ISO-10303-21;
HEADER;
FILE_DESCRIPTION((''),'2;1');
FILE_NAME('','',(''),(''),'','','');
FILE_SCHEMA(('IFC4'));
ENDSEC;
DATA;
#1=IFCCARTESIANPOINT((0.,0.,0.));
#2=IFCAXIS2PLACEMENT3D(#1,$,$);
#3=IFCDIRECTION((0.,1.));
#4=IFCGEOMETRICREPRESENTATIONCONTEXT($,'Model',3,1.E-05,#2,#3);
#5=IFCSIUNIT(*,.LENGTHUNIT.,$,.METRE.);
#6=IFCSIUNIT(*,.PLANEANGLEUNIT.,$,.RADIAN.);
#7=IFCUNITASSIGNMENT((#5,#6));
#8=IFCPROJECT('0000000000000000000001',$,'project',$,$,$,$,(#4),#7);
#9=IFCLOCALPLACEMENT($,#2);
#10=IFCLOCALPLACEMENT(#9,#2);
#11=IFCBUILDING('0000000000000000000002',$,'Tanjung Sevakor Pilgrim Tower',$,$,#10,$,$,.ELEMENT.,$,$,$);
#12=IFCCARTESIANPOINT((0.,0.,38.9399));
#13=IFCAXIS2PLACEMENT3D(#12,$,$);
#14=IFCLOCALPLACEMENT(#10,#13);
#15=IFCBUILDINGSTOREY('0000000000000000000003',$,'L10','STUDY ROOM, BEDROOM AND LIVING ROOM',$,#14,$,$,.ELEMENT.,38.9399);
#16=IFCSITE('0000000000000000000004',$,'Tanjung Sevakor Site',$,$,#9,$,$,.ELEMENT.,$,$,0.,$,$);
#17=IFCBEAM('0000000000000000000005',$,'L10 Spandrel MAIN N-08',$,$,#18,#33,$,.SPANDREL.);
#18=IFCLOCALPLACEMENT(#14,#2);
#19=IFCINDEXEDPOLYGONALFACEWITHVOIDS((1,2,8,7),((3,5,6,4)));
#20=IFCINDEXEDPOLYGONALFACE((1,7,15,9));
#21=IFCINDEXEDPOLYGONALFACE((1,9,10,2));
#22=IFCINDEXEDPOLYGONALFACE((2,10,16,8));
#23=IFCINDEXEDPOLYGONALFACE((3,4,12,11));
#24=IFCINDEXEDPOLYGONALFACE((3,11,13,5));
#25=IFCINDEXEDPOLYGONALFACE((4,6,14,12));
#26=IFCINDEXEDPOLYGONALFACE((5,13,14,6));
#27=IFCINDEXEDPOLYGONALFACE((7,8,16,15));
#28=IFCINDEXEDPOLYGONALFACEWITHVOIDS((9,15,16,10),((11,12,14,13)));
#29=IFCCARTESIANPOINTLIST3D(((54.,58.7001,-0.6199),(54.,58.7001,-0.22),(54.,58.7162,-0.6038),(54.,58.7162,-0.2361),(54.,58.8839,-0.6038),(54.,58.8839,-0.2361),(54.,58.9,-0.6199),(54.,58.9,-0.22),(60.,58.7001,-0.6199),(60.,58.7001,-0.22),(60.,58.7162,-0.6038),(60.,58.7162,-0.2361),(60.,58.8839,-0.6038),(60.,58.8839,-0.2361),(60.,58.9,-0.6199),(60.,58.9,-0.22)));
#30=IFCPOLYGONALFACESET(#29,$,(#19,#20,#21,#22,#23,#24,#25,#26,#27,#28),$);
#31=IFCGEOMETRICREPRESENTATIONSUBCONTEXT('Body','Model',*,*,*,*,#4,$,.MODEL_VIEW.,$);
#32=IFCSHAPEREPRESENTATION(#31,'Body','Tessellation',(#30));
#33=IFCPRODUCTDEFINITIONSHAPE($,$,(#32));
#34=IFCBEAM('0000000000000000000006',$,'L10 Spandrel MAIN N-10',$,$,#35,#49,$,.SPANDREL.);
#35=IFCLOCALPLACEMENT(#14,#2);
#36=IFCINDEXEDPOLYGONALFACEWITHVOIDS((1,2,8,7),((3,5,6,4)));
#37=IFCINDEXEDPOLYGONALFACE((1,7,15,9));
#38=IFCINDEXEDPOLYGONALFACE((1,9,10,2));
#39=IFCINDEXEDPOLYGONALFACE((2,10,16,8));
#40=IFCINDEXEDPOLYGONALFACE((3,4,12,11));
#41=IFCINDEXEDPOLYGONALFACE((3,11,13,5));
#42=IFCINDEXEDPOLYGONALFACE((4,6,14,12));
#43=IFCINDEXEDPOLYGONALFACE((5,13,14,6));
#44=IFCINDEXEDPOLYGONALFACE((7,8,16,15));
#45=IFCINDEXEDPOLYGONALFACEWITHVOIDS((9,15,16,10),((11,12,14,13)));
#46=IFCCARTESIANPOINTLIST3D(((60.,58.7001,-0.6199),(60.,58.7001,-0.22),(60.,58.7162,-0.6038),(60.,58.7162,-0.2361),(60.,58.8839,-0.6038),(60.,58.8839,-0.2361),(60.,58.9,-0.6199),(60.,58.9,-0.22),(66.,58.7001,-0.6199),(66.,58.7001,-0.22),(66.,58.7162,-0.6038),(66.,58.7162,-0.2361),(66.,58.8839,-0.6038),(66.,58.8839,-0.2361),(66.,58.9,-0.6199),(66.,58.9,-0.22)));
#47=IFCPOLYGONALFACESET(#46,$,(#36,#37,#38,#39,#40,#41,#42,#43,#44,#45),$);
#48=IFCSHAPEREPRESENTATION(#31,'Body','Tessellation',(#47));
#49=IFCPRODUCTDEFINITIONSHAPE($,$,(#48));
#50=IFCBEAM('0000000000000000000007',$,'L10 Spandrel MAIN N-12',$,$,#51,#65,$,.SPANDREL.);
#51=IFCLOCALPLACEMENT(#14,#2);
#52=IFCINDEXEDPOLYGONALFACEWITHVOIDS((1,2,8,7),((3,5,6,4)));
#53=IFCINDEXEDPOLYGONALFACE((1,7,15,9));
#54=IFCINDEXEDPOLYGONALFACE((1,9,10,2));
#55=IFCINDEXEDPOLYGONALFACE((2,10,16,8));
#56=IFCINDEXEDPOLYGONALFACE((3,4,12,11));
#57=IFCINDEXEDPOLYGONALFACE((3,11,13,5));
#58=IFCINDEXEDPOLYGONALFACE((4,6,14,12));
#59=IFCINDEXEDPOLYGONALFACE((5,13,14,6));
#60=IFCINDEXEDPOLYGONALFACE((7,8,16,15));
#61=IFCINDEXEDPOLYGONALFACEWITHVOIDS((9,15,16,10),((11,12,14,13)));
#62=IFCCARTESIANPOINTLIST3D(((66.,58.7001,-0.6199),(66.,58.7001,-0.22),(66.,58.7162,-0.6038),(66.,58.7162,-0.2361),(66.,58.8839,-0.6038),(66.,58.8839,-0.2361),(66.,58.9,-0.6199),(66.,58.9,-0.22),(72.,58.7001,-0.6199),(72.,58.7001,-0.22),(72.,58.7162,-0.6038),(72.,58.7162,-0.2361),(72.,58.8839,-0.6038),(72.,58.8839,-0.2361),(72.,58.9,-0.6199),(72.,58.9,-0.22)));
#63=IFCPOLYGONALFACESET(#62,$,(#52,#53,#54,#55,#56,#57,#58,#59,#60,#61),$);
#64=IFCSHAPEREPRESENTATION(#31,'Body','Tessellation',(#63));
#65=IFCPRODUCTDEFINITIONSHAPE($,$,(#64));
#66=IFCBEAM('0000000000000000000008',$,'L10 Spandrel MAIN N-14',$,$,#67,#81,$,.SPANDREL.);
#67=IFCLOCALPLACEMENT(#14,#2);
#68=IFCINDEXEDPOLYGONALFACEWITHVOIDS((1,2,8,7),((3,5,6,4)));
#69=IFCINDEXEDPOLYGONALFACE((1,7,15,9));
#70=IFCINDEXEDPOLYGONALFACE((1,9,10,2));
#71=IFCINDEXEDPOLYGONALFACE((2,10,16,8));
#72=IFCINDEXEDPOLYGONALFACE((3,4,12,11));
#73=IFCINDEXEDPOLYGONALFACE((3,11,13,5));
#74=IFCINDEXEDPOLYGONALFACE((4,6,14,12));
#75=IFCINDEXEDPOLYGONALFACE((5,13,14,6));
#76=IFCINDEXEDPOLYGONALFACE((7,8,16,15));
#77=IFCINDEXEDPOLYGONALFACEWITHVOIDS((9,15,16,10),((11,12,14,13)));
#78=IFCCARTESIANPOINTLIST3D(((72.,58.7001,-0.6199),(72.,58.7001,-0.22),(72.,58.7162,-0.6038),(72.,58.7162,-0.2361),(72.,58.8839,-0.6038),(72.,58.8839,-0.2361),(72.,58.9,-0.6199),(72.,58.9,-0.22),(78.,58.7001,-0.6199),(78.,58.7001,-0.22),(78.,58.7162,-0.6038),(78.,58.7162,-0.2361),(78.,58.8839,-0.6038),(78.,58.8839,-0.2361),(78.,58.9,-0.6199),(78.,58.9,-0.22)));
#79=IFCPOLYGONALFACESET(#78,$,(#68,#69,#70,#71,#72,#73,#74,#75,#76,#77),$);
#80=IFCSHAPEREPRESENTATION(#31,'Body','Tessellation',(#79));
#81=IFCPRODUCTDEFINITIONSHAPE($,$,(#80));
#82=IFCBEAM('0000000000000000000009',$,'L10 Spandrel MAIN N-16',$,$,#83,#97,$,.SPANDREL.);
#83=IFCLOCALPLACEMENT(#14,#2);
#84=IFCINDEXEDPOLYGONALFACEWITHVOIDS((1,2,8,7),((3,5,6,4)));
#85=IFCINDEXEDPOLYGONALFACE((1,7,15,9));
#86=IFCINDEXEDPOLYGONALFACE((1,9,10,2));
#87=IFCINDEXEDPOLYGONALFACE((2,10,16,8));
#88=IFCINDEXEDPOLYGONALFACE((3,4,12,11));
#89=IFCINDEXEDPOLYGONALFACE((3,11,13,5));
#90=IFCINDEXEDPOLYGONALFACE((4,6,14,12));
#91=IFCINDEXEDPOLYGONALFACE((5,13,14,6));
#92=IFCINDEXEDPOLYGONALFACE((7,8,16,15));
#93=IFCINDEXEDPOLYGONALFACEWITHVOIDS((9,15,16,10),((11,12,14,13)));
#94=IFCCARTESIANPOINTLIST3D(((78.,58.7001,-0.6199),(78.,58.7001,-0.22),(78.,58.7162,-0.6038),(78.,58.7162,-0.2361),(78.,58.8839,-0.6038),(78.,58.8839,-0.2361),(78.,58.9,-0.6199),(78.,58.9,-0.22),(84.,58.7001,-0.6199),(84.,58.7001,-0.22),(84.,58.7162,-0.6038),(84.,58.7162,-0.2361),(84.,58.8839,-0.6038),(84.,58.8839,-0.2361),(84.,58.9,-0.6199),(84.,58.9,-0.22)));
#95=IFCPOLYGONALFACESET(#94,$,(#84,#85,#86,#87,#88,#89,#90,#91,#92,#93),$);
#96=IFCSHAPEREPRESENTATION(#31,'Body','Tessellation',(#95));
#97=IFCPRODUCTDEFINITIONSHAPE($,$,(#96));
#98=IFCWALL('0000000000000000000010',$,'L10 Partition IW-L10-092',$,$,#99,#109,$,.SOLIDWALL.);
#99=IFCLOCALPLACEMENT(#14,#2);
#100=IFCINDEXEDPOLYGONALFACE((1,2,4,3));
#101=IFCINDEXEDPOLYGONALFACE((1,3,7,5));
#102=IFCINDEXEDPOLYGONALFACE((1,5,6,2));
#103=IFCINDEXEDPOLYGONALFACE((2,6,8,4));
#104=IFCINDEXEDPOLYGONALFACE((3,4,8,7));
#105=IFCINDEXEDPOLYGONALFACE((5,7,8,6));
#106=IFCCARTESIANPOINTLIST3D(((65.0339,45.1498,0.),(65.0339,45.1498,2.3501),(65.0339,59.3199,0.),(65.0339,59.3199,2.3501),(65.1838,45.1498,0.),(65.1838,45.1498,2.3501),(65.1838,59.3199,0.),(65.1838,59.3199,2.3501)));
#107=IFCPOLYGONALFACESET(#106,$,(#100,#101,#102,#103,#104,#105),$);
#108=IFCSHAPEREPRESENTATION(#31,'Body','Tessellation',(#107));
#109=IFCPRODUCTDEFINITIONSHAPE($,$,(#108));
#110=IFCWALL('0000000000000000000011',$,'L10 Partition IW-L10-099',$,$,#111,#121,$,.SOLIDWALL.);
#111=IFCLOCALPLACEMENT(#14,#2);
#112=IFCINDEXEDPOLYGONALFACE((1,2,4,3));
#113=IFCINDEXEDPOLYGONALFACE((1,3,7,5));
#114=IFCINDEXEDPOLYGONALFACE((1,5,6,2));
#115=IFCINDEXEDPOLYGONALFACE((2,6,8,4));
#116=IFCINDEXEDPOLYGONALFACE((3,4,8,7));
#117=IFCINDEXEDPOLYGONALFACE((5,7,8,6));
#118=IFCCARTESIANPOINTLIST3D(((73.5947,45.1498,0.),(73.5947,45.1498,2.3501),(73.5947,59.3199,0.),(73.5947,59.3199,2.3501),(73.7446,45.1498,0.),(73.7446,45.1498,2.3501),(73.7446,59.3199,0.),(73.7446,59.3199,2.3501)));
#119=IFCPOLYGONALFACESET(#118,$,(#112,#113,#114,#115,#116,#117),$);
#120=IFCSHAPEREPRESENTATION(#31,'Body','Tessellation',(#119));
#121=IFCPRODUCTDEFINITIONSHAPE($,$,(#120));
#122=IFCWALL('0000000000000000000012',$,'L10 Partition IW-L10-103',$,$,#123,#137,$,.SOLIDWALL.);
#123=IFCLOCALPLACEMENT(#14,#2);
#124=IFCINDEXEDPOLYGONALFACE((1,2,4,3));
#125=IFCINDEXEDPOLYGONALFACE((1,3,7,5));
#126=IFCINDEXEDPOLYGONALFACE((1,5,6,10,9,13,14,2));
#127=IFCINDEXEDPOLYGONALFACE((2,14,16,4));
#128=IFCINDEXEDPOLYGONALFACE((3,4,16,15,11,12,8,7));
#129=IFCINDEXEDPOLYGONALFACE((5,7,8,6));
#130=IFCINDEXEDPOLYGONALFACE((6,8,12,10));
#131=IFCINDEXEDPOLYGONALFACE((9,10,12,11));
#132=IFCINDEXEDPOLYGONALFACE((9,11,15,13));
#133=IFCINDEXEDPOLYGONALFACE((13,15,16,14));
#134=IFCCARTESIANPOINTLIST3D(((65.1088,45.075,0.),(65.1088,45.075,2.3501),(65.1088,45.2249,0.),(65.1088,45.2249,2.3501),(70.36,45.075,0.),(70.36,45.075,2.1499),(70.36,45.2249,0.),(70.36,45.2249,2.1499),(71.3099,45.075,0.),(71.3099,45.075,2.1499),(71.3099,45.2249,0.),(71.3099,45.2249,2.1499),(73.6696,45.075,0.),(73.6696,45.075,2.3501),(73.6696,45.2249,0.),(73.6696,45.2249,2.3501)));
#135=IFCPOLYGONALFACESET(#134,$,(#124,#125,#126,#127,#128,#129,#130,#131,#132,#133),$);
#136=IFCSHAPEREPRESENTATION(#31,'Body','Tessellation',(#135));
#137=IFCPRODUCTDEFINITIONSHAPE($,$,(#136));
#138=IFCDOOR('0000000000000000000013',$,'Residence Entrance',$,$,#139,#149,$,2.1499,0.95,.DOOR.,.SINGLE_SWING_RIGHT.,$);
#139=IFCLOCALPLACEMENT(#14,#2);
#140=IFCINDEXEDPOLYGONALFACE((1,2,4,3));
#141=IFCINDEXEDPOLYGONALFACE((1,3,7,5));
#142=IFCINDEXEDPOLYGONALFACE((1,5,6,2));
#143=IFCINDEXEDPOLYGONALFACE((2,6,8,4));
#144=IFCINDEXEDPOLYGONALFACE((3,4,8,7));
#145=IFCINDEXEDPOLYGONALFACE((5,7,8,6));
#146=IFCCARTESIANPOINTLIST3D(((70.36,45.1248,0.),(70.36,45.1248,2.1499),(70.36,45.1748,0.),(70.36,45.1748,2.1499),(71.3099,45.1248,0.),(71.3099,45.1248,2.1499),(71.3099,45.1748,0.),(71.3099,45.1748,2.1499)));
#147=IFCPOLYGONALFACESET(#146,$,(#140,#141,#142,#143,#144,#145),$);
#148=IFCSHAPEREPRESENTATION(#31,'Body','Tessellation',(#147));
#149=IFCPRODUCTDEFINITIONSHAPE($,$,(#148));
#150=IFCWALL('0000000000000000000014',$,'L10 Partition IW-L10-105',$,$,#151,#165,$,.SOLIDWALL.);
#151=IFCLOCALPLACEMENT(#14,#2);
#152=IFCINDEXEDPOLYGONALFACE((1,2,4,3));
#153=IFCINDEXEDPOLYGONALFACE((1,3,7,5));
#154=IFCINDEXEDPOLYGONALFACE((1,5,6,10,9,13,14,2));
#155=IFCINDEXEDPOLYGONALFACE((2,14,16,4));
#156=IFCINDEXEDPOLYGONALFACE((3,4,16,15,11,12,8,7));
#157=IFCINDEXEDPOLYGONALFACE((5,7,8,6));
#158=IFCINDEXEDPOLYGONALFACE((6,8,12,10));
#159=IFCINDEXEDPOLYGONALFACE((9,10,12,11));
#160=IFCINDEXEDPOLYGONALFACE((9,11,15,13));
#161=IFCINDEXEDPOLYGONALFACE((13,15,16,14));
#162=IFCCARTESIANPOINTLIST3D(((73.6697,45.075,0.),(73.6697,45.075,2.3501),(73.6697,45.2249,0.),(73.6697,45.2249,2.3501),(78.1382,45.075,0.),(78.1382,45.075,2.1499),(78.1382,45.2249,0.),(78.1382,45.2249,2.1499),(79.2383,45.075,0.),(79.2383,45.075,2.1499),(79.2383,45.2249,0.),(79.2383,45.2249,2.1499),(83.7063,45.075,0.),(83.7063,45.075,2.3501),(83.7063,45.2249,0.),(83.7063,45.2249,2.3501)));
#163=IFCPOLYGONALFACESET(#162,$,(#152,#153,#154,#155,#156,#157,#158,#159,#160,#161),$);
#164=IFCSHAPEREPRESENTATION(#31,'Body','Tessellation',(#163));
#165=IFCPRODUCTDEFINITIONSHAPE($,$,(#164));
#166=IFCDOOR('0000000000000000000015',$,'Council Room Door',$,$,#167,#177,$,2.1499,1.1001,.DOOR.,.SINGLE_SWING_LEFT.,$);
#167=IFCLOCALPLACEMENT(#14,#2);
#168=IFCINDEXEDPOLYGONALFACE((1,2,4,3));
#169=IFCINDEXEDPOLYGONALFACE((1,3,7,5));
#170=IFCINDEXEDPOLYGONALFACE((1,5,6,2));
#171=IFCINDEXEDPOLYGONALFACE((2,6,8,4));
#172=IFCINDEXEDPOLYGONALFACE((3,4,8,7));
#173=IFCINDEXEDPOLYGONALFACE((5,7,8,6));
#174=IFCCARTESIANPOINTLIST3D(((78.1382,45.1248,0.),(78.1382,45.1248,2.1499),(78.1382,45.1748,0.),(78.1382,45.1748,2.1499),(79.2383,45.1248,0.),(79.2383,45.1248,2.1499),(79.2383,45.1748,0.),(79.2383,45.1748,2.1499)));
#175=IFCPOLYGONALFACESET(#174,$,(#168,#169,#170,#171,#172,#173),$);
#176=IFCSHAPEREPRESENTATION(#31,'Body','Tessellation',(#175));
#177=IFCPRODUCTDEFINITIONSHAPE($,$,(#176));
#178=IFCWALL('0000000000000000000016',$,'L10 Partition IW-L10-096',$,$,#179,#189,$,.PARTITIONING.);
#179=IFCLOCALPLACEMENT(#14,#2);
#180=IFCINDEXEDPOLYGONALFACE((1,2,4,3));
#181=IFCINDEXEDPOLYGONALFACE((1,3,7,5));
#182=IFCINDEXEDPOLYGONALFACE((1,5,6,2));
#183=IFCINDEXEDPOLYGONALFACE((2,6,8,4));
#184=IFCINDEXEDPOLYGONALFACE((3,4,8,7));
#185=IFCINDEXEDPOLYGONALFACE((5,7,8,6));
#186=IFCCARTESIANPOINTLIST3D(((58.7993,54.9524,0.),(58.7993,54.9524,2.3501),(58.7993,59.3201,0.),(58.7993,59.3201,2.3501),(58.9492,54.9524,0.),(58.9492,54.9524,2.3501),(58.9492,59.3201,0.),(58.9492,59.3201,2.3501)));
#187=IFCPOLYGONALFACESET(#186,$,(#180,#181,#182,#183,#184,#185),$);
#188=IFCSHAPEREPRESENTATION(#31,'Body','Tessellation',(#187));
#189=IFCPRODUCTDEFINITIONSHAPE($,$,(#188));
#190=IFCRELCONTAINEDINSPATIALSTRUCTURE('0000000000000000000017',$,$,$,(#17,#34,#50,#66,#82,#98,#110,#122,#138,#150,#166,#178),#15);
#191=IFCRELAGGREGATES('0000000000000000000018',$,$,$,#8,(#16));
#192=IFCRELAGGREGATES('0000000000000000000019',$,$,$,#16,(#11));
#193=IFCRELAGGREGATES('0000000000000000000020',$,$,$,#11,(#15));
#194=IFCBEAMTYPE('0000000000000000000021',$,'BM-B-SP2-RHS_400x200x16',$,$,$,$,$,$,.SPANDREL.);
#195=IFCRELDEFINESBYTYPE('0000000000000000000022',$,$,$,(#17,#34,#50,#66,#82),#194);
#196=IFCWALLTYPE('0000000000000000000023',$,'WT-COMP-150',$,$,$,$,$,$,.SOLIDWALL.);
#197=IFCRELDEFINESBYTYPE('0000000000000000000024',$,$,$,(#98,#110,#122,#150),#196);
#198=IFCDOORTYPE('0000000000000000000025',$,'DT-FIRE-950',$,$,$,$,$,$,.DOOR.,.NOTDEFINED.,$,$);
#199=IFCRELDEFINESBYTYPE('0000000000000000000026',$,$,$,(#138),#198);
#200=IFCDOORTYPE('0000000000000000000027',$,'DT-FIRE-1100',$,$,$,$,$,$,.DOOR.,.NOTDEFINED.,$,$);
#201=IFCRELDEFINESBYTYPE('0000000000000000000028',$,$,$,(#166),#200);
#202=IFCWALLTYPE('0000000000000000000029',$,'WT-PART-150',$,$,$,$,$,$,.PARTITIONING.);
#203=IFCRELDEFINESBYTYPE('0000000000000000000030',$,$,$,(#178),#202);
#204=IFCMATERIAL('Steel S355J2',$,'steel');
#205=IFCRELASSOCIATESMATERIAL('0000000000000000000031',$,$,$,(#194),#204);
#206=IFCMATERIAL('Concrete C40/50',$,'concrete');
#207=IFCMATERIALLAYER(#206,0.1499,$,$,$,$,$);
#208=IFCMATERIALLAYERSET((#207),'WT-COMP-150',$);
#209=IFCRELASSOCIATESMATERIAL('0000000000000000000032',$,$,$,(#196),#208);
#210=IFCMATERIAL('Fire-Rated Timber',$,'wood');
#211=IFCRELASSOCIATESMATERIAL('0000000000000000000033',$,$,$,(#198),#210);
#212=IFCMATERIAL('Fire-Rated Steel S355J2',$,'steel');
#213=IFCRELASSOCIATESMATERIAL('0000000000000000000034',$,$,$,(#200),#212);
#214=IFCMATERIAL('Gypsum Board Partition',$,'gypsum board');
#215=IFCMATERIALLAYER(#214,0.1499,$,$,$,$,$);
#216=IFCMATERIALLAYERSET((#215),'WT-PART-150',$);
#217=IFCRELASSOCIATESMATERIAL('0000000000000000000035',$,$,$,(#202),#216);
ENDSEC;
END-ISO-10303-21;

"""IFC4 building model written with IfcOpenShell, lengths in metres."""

from ifc_helpers import new_model, si_unit, direction, frame, frame_2d, origin, origin_2d, place, context, subcontext, project, spatial, rectangle, hollow_rectangle, extrude, material, layer, layer_set, material_profile, profile_set, type_object, element, fill, save


model = new_model("IFC4")

# Units and contexts
model_context = context("Model", 3, precision=1e-05, world=origin(), true_north=direction((0.0, 1.0)))
body_context = subcontext(model_context, "Body", "Model", "MODEL_VIEW")
ifc_project = project(units=[si_unit("LENGTHUNIT", "METRE"), si_unit("PLANEANGLEUNIT", "RADIAN")], contexts=[model_context])

# Site, building, storey
site_placement = place(None, origin())
site = spatial("IfcSite", under=ifc_project, at=site_placement, Name="Tanjung Sevakor Site", CompositionType="ELEMENT", RefElevation=0.0)
building_placement = place(site_placement, origin())
building = spatial("IfcBuilding", under=site, at=building_placement, Name="Tanjung Sevakor Pilgrim Tower", CompositionType="ELEMENT")
storey_placement = place(building_placement, frame((0.0, 0.0, 38.9399)))
storey = spatial("IfcBuildingStorey", under=building, at=storey_placement, Name="L10", Description="STUDY ROOM, BEDROOM AND LIVING ROOM", CompositionType="ELEMENT", Elevation=38.9399)

# Beams
ifc_material_1 = material(Name="Steel S355J2", Category="steel")
ifc_material_profile_1 = material_profile(ifc_material_1, hollow_rectangle(XDim=0.2, YDim=0.3999, WallThickness=0.0161, at=origin_2d()))
ifc_profile_set_1 = profile_set([ifc_material_profile_1], Name="Steel S355J2")
beam_type_1 = type_object("IfcBeamType", Name="BM-B-SP2-RHS_400x200x16", PredefinedType="SPANDREL", material=ifc_profile_set_1)
for number, where, z_axis, x_axis, name in (
    (1, (54.0, 58.8, -0.4199), (1.0, 0.0, 0.0), (0.0, 1.0, 0.0), "L10 Spandrel MAIN N-08"),
    (2, (60.0, 58.8, -0.4199), (1.0, 0.0, 0.0), (0.0, 1.0, 0.0), "L10 Spandrel MAIN N-10"),
    (3, (66.0, 58.8, -0.4199), (1.0, 0.0, 0.0), (0.0, 1.0, 0.0), "L10 Spandrel MAIN N-12"),
    (4, (72.0, 58.8, -0.4199), (1.0, 0.0, 0.0), (0.0, 1.0, 0.0), "L10 Spandrel MAIN N-14"),
    (5, (78.0, 58.8, -0.4199), (1.0, 0.0, 0.0), (0.0, 1.0, 0.0), "L10 Spandrel MAIN N-16"),
):
    element("IfcBeam", number, at=place(storey_placement, frame(where, z_axis=z_axis, x_axis=x_axis)), inside=storey, type_object=beam_type_1, Name=name, PredefinedType="SPANDREL", context=body_context, shape_type="SweptSolid", body=[
        extrude(hollow_rectangle(XDim=0.2, YDim=0.3999, WallThickness=0.0161, at=origin_2d()), origin(), (0.0, 0.0, 1.0), 6.0),
    ])

# Walls
ifc_material_2 = material(Name="Concrete C40/50", Category="concrete")
ifc_layer_1 = layer(ifc_material_2, 0.1499)
ifc_layer_set_1 = layer_set([ifc_layer_1], Name="WT-COMP-150")
wall_type_1 = type_object("IfcWallType", Name="WT-COMP-150", PredefinedType="SOLIDWALL", material=ifc_layer_set_1)
for number, where, z_axis, x_axis, name in (
    (6, (65.1089, 45.1499, 0.0), (0.0, 0.0, 1.0), (0.0, 1.0, 0.0), "L10 Partition IW-L10-092"),
    (7, (73.6697, 45.1499, 0.0), (0.0, 0.0, 1.0), (0.0, 1.0, 0.0), "L10 Partition IW-L10-099"),
):
    element("IfcWall", number, at=place(storey_placement, frame(where, z_axis=z_axis, x_axis=x_axis)), inside=storey, type_object=wall_type_1, Name=name, PredefinedType="SOLIDWALL", context=body_context, shape_type="SweptSolid", body=[
        extrude(rectangle(XDim=14.1702, YDim=0.1499, at=frame_2d((7.085, 0.0))), origin(), (0.0, 0.0, 1.0), 2.3501),
    ])

# Walls, openings, doors
wall_1_placement = place(storey_placement, frame((65.1089, 45.1499, 0.0), z_axis=(0.0, 0.0, 1.0), x_axis=(1.0, 0.0, 0.0)))
wall_1 = element("IfcWall", 8, at=wall_1_placement, inside=storey, type_object=wall_type_1, Name="L10 Partition IW-L10-103", PredefinedType="SOLIDWALL", context=body_context, shape_type="SweptSolid", body=[
    extrude(rectangle(XDim=8.5608, YDim=0.1499, at=frame_2d((4.2803, 0.0))), origin(), (0.0, 0.0, 1.0), 2.3501),
])
opening_1_placement = place(wall_1_placement, frame((5.251, 0.0, 0.0)))
opening_1 = element("IfcOpeningElement", 9, at=opening_1_placement, cuts=wall_1, PredefinedType="OPENING", context=body_context, shape_type="SweptSolid", body=[
    extrude(rectangle(XDim=0.95, YDim=2.1499, at=frame_2d((0.4751, 1.075))), frame((0.0, 0.085, 0.0), z_axis=(0.0, -1.0, 0.0), x_axis=(1.0, 0.0, 0.0)), (0.0, 0.0, 1.0), 0.1699),
])
ifc_material_3 = material(Name="Fire-Rated Timber", Category="wood")
door_type_1 = type_object("IfcDoorType", Name="DT-FIRE-950", OperationType="NOTDEFINED", PredefinedType="DOOR", material=ifc_material_3)
door_1_placement = place(opening_1_placement, origin())
door_1 = element("IfcDoor", 10, at=door_1_placement, inside=storey, type_object=door_type_1, Name="Residence Entrance", OperationType="SINGLE_SWING_RIGHT", OverallHeight=2.1499, OverallWidth=0.95, PredefinedType="DOOR", context=body_context, shape_type="SweptSolid", body=[
    extrude(rectangle(XDim=0.95, YDim=2.1499, at=frame_2d((0.4751, 1.075))), frame((0.0, 0.0249, 0.0), z_axis=(0.0, -1.0, 0.0), x_axis=(1.0, 0.0, 0.0)), (0.0, 0.0, 1.0), 0.05),
])
fill(opening_1, door_1)
wall_2_placement = place(storey_placement, frame((73.6697, 45.1499, 0.0), z_axis=(0.0, 0.0, 1.0), x_axis=(1.0, 0.0, 0.0)))
wall_2 = element("IfcWall", 11, at=wall_2_placement, inside=storey, type_object=wall_type_1, Name="L10 Partition IW-L10-105", PredefinedType="SOLIDWALL", context=body_context, shape_type="SweptSolid", body=[
    extrude(rectangle(XDim=10.0366, YDim=0.1499, at=frame_2d((5.0183, 0.0))), origin(), (0.0, 0.0, 1.0), 2.3501),
])
opening_2_placement = place(wall_2_placement, frame((4.4685, 0.0, 0.0)))
opening_2 = element("IfcOpeningElement", 12, at=opening_2_placement, cuts=wall_2, PredefinedType="OPENING", context=body_context, shape_type="SweptSolid", body=[
    extrude(rectangle(XDim=1.1001, YDim=2.1499, at=frame_2d((0.55, 1.075))), frame((0.0, 0.085, 0.0), z_axis=(0.0, -1.0, 0.0), x_axis=(1.0, 0.0, 0.0)), (0.0, 0.0, 1.0), 0.1699),
])
ifc_material_4 = material(Name="Fire-Rated Steel S355J2", Category="steel")
door_type_2 = type_object("IfcDoorType", Name="DT-FIRE-1100", OperationType="NOTDEFINED", PredefinedType="DOOR", material=ifc_material_4)
door_2_placement = place(opening_2_placement, origin())
door_2 = element("IfcDoor", 13, at=door_2_placement, inside=storey, type_object=door_type_2, Name="Council Room Door", OperationType="SINGLE_SWING_LEFT", OverallHeight=2.1499, OverallWidth=1.1001, PredefinedType="DOOR", context=body_context, shape_type="SweptSolid", body=[
    extrude(rectangle(XDim=1.1001, YDim=2.1499, at=frame_2d((0.55, 1.075))), frame((0.0, 0.0249, 0.0), z_axis=(0.0, -1.0, 0.0), x_axis=(1.0, 0.0, 0.0)), (0.0, 0.0, 1.0), 0.05),
])
fill(opening_2, door_2)

# Wall
ifc_material_5 = material(Name="Gypsum Board Partition", Category="gypsum board")
ifc_layer_2 = layer(ifc_material_5, 0.1499)
ifc_layer_set_2 = layer_set([ifc_layer_2], Name="WT-PART-150")
wall_type_2 = type_object("IfcWallType", Name="WT-PART-150", PredefinedType="PARTITIONING", material=ifc_layer_set_2)
wall_3_placement = place(storey_placement, frame((58.8743, 54.9524, 0.0), z_axis=(0.0, 0.0, 1.0), x_axis=(0.0, 1.0, 0.0)))
element("IfcWall", 14, at=wall_3_placement, inside=storey, type_object=wall_type_2, Name="L10 Partition IW-L10-096", PredefinedType="PARTITIONING", context=body_context, shape_type="SweptSolid", body=[
    extrude(rectangle(XDim=4.3677, YDim=0.1499, at=frame_2d((2.1838, 0.0))), origin(), (0.0, 0.0, 1.0), 2.3501),
])

save(model, "model.ifc")
